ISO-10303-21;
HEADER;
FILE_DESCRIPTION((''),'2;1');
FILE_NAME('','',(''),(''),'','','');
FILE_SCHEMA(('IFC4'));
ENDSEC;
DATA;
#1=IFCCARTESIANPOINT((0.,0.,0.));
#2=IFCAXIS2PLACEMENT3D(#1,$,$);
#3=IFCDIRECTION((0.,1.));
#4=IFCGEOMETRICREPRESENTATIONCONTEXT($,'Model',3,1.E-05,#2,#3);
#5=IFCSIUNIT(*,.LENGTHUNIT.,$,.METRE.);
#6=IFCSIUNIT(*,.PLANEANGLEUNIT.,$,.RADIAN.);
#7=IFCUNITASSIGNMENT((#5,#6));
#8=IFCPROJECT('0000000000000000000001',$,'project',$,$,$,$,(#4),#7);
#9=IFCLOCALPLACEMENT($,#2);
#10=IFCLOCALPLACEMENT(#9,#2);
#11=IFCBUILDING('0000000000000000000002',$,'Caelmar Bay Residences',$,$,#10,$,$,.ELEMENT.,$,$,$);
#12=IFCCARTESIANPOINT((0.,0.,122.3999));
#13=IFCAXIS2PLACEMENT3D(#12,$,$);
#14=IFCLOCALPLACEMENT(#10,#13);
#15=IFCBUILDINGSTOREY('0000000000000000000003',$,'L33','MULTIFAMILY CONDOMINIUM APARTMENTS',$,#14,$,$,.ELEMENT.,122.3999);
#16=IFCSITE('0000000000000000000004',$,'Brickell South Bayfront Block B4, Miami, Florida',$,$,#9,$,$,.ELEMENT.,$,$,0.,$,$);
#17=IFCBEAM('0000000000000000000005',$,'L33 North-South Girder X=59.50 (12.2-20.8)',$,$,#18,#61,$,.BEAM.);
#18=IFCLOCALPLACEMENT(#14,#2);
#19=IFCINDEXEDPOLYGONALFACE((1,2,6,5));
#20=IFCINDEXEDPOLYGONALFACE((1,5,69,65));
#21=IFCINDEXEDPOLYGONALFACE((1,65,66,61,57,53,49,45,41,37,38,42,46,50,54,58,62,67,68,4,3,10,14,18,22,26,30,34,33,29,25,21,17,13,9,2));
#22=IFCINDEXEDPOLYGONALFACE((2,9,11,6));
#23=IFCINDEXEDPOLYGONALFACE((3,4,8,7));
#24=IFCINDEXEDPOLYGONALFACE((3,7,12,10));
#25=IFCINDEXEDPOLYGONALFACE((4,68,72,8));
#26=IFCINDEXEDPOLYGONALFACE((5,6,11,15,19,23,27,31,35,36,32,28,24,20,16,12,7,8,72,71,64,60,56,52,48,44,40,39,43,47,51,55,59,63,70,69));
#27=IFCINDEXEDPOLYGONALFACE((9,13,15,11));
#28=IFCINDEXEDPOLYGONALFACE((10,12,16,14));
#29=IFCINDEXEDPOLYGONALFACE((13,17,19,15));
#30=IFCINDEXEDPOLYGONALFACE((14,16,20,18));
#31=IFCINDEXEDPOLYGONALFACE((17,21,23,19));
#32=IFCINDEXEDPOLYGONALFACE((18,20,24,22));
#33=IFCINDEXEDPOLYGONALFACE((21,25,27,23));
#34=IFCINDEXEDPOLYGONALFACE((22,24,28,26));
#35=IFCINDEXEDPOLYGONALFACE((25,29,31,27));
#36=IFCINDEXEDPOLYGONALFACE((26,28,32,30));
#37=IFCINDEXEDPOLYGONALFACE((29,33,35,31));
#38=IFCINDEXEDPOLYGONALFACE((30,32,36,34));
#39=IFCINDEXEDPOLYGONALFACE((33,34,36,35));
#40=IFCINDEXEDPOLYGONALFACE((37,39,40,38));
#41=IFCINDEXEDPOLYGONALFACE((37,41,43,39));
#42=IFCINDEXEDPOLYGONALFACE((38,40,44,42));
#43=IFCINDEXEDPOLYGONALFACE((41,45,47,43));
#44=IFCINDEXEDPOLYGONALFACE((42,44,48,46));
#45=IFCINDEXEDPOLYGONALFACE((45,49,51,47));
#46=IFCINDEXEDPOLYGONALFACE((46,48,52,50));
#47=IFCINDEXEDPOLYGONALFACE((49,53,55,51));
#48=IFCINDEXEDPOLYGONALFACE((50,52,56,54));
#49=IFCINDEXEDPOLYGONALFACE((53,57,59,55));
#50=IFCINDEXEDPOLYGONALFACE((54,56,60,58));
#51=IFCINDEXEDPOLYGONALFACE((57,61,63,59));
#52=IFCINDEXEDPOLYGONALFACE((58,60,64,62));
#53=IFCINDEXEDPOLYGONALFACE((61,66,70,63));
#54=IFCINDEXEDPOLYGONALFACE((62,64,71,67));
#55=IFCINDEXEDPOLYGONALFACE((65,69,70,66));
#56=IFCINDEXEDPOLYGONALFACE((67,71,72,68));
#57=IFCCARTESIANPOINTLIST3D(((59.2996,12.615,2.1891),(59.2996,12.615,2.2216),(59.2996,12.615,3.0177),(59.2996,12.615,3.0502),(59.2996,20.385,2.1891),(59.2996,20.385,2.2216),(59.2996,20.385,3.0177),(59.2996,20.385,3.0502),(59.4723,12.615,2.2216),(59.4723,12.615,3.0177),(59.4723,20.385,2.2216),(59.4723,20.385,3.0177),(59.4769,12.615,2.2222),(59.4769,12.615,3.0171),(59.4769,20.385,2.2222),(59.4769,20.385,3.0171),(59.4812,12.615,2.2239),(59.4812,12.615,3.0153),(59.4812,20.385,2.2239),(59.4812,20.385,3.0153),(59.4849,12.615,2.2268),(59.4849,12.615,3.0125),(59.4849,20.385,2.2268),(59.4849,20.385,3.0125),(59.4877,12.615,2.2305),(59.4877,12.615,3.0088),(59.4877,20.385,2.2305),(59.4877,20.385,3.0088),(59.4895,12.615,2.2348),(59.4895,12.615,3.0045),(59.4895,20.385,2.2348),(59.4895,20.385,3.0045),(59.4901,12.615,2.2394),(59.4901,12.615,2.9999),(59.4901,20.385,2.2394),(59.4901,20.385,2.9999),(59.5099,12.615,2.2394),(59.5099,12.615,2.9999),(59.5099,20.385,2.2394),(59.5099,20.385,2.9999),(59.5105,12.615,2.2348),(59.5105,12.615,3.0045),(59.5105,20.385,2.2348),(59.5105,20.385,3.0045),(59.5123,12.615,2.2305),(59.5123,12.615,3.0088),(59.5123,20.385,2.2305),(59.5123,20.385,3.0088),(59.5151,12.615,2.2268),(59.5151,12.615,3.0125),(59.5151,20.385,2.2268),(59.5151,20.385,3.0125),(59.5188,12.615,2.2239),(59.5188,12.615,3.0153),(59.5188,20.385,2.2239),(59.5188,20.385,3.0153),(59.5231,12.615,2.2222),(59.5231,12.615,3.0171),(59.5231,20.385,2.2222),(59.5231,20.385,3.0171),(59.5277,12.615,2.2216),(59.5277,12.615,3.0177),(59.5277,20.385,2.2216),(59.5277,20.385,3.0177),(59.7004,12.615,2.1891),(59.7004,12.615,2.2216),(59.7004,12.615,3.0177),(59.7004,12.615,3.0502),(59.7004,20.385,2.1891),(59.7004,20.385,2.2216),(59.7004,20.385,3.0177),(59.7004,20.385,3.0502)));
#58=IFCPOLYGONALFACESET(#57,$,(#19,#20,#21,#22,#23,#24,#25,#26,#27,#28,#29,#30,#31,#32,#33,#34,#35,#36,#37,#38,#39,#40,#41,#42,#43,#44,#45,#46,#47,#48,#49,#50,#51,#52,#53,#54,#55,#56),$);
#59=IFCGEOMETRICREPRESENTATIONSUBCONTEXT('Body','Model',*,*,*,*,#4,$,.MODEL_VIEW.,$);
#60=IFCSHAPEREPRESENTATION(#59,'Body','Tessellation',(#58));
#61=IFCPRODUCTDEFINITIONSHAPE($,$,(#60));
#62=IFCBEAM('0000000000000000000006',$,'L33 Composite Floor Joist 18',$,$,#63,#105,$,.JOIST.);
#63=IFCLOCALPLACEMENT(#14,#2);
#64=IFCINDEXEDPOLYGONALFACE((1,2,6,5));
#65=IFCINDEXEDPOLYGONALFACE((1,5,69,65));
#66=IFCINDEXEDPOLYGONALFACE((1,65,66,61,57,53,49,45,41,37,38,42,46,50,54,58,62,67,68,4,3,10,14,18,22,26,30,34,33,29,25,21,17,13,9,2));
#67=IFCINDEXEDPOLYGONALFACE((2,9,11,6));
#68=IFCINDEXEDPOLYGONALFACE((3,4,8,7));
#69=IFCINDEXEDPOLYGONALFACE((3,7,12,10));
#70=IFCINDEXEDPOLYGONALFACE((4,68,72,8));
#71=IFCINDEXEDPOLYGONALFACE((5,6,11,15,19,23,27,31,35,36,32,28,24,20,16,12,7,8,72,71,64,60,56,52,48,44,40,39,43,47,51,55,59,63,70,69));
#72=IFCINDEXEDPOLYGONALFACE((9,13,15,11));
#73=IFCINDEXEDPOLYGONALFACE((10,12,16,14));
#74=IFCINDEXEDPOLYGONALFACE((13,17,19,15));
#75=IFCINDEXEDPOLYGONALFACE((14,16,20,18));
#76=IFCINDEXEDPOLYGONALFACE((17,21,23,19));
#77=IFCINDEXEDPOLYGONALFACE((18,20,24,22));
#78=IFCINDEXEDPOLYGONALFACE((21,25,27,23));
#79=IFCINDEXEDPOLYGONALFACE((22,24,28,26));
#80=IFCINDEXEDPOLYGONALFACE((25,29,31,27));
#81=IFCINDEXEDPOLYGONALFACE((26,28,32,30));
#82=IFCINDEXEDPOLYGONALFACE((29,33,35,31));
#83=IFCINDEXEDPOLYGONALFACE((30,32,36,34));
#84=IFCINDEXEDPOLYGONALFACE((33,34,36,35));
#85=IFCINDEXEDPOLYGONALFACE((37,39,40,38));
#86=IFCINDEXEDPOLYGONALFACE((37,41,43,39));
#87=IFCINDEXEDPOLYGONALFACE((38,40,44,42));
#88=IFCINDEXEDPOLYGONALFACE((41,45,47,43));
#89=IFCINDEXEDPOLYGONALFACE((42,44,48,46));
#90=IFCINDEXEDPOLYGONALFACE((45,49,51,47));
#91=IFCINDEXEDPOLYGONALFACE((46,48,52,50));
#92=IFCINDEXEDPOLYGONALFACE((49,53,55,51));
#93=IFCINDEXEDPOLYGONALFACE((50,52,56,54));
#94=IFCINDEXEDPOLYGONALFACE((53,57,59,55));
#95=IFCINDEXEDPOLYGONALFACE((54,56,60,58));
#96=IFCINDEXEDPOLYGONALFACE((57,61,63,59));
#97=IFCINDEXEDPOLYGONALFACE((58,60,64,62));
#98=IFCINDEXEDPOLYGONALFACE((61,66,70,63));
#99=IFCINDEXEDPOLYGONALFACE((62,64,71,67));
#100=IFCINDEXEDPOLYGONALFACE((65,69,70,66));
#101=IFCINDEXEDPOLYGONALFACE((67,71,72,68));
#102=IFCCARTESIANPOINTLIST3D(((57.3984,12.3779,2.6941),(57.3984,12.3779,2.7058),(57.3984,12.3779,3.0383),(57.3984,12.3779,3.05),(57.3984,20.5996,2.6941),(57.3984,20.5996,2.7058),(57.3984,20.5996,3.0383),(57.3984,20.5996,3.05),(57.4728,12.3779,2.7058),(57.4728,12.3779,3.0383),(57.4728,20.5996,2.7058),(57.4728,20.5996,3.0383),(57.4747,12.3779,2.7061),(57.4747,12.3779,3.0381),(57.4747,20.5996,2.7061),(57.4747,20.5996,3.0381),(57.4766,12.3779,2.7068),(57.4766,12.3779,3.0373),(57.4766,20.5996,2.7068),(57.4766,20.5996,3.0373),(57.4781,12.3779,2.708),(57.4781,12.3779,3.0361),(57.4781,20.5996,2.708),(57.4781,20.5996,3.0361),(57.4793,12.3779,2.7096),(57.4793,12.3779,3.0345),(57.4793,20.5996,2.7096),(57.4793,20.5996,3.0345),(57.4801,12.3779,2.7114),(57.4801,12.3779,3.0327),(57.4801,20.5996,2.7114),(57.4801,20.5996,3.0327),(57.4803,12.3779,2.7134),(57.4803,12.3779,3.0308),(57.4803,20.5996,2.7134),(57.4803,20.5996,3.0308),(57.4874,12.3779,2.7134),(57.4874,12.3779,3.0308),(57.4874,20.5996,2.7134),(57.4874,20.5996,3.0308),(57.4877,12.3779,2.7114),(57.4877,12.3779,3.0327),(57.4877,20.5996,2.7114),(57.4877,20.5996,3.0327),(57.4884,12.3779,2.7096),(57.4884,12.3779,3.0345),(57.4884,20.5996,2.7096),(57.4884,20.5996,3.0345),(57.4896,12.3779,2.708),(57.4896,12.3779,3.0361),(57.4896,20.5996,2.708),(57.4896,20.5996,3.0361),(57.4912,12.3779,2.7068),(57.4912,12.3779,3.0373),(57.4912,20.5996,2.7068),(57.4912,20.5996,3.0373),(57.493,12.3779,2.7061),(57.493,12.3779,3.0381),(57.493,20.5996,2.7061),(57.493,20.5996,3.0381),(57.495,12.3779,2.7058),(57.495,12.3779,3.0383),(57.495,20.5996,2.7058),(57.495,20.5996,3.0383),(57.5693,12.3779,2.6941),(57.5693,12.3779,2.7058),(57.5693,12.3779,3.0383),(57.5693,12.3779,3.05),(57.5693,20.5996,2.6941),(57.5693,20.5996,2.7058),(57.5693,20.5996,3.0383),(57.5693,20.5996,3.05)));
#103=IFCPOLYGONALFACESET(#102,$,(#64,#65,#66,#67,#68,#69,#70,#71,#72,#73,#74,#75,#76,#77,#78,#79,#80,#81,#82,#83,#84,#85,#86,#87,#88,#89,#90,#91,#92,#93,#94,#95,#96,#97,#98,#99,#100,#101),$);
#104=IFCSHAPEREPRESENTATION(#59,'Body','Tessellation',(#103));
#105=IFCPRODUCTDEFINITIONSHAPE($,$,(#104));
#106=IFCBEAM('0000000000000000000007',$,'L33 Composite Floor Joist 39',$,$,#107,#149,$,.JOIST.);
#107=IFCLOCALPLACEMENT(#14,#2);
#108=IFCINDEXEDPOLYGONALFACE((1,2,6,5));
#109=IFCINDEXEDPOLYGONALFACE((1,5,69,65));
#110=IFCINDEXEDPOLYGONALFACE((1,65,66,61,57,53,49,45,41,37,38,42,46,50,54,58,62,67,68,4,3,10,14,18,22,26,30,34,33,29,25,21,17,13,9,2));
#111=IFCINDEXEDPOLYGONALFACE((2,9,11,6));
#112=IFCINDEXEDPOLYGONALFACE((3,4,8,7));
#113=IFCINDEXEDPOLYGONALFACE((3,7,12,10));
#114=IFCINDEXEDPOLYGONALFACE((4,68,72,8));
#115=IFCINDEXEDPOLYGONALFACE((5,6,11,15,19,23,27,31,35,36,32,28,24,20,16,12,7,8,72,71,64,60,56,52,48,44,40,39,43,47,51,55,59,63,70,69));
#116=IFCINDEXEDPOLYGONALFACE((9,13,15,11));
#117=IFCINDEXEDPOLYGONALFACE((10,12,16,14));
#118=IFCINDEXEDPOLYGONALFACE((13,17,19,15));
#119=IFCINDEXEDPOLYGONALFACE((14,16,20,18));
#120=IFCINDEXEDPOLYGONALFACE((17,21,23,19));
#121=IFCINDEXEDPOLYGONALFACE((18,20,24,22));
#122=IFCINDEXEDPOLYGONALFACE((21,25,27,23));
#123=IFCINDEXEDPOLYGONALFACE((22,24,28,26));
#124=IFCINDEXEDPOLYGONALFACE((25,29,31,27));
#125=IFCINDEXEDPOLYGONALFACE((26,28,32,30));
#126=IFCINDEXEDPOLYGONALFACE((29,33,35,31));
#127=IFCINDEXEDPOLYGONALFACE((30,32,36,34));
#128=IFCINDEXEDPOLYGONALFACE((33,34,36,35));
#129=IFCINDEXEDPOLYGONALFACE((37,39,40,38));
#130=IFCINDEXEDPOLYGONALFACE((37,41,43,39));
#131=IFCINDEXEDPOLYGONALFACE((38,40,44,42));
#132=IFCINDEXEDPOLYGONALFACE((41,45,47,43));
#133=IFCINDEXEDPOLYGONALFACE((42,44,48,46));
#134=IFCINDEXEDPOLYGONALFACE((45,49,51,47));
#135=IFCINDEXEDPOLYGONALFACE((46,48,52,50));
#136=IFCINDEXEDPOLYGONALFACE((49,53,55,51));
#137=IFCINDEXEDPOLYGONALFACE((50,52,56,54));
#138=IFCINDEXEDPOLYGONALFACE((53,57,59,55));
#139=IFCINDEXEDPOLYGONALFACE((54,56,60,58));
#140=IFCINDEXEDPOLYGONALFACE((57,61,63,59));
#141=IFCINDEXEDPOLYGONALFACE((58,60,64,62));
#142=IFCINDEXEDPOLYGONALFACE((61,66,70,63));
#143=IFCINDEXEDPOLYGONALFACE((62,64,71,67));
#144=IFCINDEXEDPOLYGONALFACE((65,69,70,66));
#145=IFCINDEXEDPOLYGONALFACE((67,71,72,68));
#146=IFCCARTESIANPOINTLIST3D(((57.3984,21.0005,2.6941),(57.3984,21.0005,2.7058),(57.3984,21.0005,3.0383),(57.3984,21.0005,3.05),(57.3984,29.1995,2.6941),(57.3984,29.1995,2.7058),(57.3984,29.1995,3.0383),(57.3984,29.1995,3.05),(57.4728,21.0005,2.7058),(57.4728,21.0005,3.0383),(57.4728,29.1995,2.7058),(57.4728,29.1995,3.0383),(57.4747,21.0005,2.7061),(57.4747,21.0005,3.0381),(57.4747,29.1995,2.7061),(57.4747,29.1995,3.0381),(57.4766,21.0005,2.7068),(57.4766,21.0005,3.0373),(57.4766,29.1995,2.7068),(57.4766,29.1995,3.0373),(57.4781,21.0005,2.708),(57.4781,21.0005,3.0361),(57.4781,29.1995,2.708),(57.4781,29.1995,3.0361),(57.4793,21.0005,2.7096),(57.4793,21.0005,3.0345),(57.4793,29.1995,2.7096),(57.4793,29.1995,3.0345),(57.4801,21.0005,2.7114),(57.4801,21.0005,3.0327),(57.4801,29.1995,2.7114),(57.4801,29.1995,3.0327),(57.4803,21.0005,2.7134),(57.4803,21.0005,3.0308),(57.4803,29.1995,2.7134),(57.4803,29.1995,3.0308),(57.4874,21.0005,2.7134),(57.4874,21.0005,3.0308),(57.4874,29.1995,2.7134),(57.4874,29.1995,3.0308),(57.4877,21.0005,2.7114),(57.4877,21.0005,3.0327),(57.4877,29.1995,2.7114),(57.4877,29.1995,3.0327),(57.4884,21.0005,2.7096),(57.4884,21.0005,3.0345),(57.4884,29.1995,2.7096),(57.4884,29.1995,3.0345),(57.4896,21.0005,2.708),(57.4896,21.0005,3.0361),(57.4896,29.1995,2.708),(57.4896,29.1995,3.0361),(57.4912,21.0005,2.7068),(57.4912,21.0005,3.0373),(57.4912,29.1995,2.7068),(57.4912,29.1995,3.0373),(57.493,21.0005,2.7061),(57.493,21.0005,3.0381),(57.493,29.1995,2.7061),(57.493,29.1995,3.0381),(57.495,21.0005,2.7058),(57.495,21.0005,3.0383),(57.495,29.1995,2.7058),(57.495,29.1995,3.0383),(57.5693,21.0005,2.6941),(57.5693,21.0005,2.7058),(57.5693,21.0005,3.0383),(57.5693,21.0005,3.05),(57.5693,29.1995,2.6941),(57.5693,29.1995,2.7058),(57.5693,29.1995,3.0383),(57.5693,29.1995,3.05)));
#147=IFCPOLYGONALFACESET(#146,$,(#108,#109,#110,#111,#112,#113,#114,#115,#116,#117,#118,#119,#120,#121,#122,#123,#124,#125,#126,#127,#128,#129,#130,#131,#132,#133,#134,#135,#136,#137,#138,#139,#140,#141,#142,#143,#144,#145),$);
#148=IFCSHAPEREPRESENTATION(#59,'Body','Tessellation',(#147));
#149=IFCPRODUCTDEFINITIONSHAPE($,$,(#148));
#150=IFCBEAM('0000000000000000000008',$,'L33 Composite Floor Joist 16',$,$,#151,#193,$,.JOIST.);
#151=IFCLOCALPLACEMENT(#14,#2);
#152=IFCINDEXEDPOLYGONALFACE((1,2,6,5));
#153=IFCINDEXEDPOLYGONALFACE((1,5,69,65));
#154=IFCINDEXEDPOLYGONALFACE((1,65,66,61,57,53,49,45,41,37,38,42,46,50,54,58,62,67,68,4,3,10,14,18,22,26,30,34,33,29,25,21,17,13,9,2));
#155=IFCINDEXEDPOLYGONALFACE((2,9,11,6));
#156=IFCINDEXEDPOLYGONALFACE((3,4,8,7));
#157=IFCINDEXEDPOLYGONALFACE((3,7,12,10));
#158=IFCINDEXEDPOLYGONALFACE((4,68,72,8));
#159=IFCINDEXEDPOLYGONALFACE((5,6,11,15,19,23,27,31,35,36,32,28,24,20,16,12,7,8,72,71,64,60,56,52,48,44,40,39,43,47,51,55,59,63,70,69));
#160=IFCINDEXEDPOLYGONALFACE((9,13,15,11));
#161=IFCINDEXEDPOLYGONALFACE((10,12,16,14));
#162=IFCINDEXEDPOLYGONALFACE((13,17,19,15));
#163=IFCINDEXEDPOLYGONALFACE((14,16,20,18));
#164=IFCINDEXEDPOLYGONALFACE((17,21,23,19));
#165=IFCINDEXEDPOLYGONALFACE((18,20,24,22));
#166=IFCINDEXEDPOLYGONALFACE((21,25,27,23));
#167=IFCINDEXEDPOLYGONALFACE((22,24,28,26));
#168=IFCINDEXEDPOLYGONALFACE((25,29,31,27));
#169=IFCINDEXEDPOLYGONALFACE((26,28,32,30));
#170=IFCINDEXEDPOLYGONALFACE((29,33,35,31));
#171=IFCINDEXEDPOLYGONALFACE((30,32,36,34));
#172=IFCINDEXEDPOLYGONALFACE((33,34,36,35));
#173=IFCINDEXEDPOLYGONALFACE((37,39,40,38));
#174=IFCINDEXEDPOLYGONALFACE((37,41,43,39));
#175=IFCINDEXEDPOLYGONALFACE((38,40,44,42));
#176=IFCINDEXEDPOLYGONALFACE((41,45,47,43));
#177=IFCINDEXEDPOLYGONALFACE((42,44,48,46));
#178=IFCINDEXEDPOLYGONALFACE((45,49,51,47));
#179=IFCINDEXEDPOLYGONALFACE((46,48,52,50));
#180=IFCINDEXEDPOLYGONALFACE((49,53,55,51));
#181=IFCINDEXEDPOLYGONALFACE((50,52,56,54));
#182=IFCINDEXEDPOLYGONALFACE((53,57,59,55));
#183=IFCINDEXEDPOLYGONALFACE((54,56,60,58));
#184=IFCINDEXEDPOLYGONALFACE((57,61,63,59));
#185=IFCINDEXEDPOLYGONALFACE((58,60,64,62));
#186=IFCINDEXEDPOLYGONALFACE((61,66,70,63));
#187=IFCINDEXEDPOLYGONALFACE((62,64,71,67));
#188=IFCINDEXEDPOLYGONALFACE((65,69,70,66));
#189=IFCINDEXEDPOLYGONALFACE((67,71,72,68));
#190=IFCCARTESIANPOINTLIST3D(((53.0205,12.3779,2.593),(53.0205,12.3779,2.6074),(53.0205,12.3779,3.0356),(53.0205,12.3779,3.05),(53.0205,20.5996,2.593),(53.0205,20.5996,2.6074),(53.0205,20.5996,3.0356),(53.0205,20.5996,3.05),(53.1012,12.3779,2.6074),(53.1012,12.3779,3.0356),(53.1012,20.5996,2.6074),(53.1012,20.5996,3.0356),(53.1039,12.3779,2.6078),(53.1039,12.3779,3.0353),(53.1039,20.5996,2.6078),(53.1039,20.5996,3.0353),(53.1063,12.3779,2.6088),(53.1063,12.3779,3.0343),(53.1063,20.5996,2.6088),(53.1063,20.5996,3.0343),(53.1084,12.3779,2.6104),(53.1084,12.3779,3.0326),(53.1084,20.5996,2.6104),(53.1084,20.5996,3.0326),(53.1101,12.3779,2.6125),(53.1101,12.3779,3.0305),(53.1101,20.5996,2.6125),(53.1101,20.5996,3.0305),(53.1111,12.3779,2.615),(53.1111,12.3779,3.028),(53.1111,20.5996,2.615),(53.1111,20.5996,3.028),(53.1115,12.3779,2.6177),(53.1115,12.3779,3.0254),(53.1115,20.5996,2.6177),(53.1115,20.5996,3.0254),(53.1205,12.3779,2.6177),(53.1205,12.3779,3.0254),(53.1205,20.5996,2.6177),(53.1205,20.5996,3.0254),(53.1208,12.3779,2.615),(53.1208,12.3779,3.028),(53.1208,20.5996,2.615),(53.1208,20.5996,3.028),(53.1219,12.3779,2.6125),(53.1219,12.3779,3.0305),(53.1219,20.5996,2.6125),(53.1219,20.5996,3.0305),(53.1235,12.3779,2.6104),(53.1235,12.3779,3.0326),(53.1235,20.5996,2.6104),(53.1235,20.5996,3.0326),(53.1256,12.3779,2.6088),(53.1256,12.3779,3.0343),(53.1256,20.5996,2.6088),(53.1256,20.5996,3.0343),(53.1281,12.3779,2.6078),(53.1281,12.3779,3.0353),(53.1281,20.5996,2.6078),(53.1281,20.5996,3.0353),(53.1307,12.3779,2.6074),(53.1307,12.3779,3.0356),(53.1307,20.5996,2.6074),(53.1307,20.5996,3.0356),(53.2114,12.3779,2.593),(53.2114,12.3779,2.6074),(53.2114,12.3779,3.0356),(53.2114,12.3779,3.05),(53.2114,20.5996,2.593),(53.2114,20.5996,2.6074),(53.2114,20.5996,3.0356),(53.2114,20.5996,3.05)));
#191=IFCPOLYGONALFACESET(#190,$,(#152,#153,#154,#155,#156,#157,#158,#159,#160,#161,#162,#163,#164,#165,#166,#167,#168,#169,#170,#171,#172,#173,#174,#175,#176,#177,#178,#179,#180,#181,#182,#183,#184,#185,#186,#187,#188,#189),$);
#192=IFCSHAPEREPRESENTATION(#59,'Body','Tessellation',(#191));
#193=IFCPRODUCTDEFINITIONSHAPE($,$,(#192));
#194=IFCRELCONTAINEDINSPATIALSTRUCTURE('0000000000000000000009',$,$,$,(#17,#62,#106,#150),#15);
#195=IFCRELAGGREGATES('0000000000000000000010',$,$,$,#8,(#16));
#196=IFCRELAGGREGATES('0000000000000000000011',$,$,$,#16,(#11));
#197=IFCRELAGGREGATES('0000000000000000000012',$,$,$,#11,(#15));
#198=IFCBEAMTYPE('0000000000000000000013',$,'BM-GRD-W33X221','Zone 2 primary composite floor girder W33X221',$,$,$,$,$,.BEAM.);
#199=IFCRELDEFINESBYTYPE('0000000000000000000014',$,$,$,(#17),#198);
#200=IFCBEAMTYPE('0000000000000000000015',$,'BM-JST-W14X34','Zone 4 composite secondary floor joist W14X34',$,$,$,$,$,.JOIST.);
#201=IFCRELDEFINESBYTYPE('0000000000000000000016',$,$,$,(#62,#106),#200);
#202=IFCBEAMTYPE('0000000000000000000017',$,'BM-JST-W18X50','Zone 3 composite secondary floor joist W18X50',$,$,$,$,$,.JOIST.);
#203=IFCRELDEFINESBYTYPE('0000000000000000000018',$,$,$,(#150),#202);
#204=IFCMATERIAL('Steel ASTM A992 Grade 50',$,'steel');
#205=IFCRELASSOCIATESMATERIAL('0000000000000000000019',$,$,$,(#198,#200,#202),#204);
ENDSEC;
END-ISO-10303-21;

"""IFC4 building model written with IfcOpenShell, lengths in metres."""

from ifc_helpers import new_model, si_unit, direction, frame, origin, origin_2d, place, context, subcontext, project, spatial, i_section, extrude, material, material_profile, profile_set, type_object, element, save


model = new_model("IFC4")

# Units and contexts
model_context = context("Model", 3, precision=1e-05, world=origin(), true_north=direction((0.0, 1.0)))
body_context = subcontext(model_context, "Body", "Model", "MODEL_VIEW")
ifc_project = project(units=[si_unit("LENGTHUNIT", "METRE"), si_unit("PLANEANGLEUNIT", "RADIAN")], contexts=[model_context])

# Site, building, storey
site_placement = place(None, origin())
site = spatial("IfcSite", under=ifc_project, at=site_placement, Name="Brickell South Bayfront Block B4, Miami, Florida", CompositionType="ELEMENT", RefElevation=0.0)
building_placement = place(site_placement, origin())
building = spatial("IfcBuilding", under=site, at=building_placement, Name="Caelmar Bay Residences", CompositionType="ELEMENT")
storey_placement = place(building_placement, frame((0.0, 0.0, 122.3999)))
storey = spatial("IfcBuildingStorey", under=building, at=storey_placement, Name="L33", Description="MULTIFAMILY CONDOMINIUM APARTMENTS", CompositionType="ELEMENT", Elevation=122.3999)

# Beams
ifc_material_1 = material(Name="Steel ASTM A992 Grade 50", Category="steel")
ifc_material_profile_1 = material_profile(ifc_material_1, i_section(OverallWidth=0.4009, OverallDepth=0.8611, WebThickness=0.0198, FlangeThickness=0.0325, FilletRadius=0.0178, at=origin_2d()), Name="W33X221")
ifc_profile_set_1 = profile_set([ifc_material_profile_1], Name="Steel ASTM A992 Grade 50")
beam_type_1 = type_object("IfcBeamType", Name="BM-GRD-W33X221", Description="Zone 2 primary composite floor girder W33X221", PredefinedType="BEAM", material=ifc_profile_set_1)
for number, where, z_axis, x_axis, name in (
    (1, (59.5, 12.615, 2.6196), (0.0, 1.0, 0.0), (-1.0, 0.0, 0.0), "L33 North-South Girder X=59.50 (12.2-20.8)"),
):
    element("IfcBeam", number, at=place(storey_placement, frame(where, z_axis=z_axis, x_axis=x_axis)), inside=storey, type_object=beam_type_1, Name=name, PredefinedType="BEAM", context=body_context, shape_type="SweptSolid", body=[
        extrude(i_section(OverallWidth=0.4009, OverallDepth=0.8611, WebThickness=0.0198, FlangeThickness=0.0325, FilletRadius=0.0178, at=origin_2d()), origin(), (0.0, 0.0, 1.0), 7.77),
    ])
ifc_material_profile_2 = material_profile(ifc_material_1, i_section(OverallWidth=0.1709, OverallDepth=0.356, WebThickness=0.0071, FlangeThickness=0.0117, FilletRadius=0.0076, at=origin_2d()), Name="W14X34")
ifc_profile_set_2 = profile_set([ifc_material_profile_2], Name="Steel ASTM A992 Grade 50")
beam_type_2 = type_object("IfcBeamType", Name="BM-JST-W14X34", Description="Zone 4 composite secondary floor joist W14X34", PredefinedType="JOIST", material=ifc_profile_set_2)
beam_1_placement = place(storey_placement, frame((57.4839, 12.3779, 2.8721), z_axis=(0.0, 1.0, 0.0), x_axis=(-1.0, 0.0, 0.0)))
element("IfcBeam", 2, at=beam_1_placement, inside=storey, type_object=beam_type_2, Name="L33 Composite Floor Joist 18", PredefinedType="JOIST", context=body_context, shape_type="SweptSolid", body=[
    extrude(i_section(OverallWidth=0.1709, OverallDepth=0.356, WebThickness=0.0071, FlangeThickness=0.0117, FilletRadius=0.0076, at=origin_2d()), origin(), (0.0, 0.0, 1.0), 8.2217),
])
beam_2_placement = place(storey_placement, frame((57.4839, 21.0005, 2.8721), z_axis=(0.0, 1.0, 0.0), x_axis=(-1.0, 0.0, 0.0)))
element("IfcBeam", 3, at=beam_2_placement, inside=storey, type_object=beam_type_2, Name="L33 Composite Floor Joist 39", PredefinedType="JOIST", context=body_context, shape_type="SweptSolid", body=[
    extrude(i_section(OverallWidth=0.1709, OverallDepth=0.356, WebThickness=0.0071, FlangeThickness=0.0117, FilletRadius=0.0076, at=origin_2d()), origin(), (0.0, 0.0, 1.0), 8.199),
])
ifc_material_profile_3 = material_profile(ifc_material_1, i_section(OverallWidth=0.1909, OverallDepth=0.457, WebThickness=0.009, FlangeThickness=0.0144, FilletRadius=0.0103, at=origin_2d()), Name="W18X50")
ifc_profile_set_3 = profile_set([ifc_material_profile_3], Name="Steel ASTM A992 Grade 50")
beam_type_3 = type_object("IfcBeamType", Name="BM-JST-W18X50", Description="Zone 3 composite secondary floor joist W18X50", PredefinedType="JOIST", material=ifc_profile_set_3)
for number, where, z_axis, x_axis, name in (
    (4, (53.116, 12.3779, 2.8215), (0.0, 1.0, 0.0), (-1.0, 0.0, 0.0), "L33 Composite Floor Joist 16"),
):
    element("IfcBeam", number, at=place(storey_placement, frame(where, z_axis=z_axis, x_axis=x_axis)), inside=storey, type_object=beam_type_3, Name=name, PredefinedType="JOIST", context=body_context, shape_type="SweptSolid", body=[
        extrude(i_section(OverallWidth=0.1909, OverallDepth=0.457, WebThickness=0.009, FlangeThickness=0.0144, FilletRadius=0.0103, at=origin_2d()), origin(), (0.0, 0.0, 1.0), 8.2217),
    ])

save(model, "model.ifc")
